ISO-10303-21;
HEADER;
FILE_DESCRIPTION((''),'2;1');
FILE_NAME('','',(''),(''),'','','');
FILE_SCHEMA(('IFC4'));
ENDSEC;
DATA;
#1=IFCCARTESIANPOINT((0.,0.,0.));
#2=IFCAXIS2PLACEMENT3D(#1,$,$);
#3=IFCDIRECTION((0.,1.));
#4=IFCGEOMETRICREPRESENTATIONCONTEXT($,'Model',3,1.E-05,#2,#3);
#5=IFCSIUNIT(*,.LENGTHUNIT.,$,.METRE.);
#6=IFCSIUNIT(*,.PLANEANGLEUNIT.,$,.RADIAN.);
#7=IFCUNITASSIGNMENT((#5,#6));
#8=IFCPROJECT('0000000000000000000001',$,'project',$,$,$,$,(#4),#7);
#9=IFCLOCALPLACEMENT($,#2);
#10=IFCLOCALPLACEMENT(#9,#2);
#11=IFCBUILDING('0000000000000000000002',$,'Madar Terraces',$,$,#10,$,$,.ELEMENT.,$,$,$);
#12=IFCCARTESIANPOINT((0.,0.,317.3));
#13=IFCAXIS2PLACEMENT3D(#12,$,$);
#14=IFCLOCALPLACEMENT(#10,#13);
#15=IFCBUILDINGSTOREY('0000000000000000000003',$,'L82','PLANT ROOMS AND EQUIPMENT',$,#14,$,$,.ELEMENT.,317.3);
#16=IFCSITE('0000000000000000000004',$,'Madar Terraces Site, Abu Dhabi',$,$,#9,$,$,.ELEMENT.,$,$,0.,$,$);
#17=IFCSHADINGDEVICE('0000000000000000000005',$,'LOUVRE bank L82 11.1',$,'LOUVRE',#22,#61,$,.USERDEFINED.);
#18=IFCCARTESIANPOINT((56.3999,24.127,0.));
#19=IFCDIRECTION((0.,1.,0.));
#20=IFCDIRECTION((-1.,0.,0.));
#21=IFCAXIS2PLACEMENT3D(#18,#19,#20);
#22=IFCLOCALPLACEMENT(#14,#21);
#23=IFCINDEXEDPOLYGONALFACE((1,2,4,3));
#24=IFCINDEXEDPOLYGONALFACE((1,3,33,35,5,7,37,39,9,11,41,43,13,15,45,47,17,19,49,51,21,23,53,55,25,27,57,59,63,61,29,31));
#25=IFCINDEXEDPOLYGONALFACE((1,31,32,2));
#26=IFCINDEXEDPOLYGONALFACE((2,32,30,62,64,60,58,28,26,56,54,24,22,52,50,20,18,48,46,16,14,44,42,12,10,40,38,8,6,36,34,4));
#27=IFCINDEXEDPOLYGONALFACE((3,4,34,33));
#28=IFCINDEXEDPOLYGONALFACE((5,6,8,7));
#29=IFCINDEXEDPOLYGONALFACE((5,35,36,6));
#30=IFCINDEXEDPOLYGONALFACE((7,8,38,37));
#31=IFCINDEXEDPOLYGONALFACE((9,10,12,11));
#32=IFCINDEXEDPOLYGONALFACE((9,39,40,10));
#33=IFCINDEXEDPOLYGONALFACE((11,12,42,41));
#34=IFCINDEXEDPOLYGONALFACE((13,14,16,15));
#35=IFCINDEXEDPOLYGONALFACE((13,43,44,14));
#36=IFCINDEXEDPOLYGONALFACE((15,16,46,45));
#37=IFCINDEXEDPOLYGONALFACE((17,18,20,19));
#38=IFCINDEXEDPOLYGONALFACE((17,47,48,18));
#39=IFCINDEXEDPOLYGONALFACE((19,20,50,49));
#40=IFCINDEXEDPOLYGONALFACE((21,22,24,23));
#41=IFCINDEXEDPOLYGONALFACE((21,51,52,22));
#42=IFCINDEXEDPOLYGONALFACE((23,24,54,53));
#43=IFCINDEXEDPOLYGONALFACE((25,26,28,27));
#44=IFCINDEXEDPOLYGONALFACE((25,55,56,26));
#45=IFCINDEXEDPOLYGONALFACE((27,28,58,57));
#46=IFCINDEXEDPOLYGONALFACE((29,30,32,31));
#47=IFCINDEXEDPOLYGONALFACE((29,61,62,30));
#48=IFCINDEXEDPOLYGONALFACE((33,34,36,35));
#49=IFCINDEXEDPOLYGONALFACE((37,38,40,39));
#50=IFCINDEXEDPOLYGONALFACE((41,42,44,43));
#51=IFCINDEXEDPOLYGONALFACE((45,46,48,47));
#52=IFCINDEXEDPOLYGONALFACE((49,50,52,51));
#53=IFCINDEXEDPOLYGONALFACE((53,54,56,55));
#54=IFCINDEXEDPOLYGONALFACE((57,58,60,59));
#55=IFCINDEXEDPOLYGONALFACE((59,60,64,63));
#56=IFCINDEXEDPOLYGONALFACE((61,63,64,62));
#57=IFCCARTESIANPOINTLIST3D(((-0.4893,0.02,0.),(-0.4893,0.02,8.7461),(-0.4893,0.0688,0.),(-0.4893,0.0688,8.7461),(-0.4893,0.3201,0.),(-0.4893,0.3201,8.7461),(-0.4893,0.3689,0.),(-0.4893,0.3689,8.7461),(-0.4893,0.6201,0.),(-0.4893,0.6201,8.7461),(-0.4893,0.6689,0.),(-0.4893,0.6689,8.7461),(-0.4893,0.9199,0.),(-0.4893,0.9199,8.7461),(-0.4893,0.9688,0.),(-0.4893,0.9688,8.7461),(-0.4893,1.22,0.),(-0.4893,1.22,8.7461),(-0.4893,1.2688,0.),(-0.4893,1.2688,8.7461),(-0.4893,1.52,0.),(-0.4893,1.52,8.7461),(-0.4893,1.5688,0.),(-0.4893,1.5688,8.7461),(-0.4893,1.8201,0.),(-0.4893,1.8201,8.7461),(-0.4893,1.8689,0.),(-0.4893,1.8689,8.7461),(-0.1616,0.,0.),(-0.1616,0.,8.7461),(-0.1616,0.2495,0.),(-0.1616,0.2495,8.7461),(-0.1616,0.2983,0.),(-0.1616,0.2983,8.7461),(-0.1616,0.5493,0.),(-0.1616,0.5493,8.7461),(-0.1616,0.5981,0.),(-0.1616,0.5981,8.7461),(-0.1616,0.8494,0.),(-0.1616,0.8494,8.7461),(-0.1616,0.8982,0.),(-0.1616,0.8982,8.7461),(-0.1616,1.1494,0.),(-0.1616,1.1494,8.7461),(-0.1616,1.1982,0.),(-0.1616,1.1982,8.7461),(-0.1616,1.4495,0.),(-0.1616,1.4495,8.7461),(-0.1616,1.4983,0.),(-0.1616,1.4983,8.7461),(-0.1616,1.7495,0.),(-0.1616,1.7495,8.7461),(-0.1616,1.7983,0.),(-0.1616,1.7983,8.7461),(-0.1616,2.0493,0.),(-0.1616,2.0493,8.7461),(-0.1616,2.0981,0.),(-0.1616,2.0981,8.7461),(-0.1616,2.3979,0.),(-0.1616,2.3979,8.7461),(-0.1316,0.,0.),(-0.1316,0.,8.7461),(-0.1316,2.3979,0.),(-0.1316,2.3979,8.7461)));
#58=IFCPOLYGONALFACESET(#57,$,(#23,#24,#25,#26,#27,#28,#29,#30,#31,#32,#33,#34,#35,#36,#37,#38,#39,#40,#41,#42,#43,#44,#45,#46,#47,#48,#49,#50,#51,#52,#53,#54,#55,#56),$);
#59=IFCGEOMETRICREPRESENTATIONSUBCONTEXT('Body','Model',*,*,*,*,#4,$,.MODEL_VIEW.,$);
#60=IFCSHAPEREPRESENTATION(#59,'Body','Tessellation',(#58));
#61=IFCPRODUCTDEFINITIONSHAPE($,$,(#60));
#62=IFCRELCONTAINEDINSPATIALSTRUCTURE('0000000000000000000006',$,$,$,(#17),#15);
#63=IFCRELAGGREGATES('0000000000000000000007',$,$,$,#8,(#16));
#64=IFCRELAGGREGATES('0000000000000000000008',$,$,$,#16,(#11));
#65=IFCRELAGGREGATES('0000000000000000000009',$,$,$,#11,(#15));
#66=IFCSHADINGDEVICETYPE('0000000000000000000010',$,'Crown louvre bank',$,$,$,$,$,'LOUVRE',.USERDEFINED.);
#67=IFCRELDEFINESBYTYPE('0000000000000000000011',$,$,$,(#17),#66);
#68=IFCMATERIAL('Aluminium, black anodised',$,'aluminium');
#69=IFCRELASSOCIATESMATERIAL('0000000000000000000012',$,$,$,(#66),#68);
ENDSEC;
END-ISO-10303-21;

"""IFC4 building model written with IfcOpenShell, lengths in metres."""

from ifc_helpers import new_model, si_unit, direction, frame, origin, place, context, subcontext, project, spatial, polyline, outline, extrude, material, type_object, element, save


model = new_model("IFC4")

# Units and contexts
model_context = context("Model", 3, precision=1e-05, world=origin(), true_north=direction((0.0, 1.0)))
body_context = subcontext(model_context, "Body", "Model", "MODEL_VIEW")
ifc_project = project(units=[si_unit("LENGTHUNIT", "METRE"), si_unit("PLANEANGLEUNIT", "RADIAN")], contexts=[model_context])

# Site, building, storey
site_placement = place(None, origin())
site = spatial("IfcSite", under=ifc_project, at=site_placement, Name="Madar Terraces Site, Abu Dhabi", CompositionType="ELEMENT", RefElevation=0.0)
building_placement = place(site_placement, origin())
building = spatial("IfcBuilding", under=site, at=building_placement, Name="Madar Terraces", CompositionType="ELEMENT")
storey_placement = place(building_placement, frame((0.0, 0.0, 317.3)))
storey = spatial("IfcBuildingStorey", under=building, at=storey_placement, Name="L82", Description="PLANT ROOMS AND EQUIPMENT", CompositionType="ELEMENT", Elevation=317.3)

# Shading device
ifc_material_1 = material(Name="Aluminium, black anodised", Category="aluminium")
shading_device_type = type_object("IfcShadingDeviceType", Name="Crown louvre bank", ElementType="LOUVRE", PredefinedType="USERDEFINED", material=ifc_material_1)
shading_device_placement = place(storey_placement, frame((56.3999, 24.127, 0.0), z_axis=(0.0, 1.0, 0.0), x_axis=(-1.0, 0.0, 0.0)))
element("IfcShadingDevice", 1, at=shading_device_placement, inside=storey, type_object=shading_device_type, Name="LOUVRE bank L82 11.1", ObjectType="LOUVRE", PredefinedType="USERDEFINED", context=body_context, shape_type="SweptSolid", body=[
    extrude(outline(polyline([(-0.1316, 0.0), (-0.1616, 0.0), (-0.1616, 0.2495), (-0.4893, 0.02), (-0.4893, 0.0688), (-0.1616, 0.2983), (-0.1616, 0.5493), (-0.4893, 0.3201), (-0.4893, 0.3689), (-0.1616, 0.5981), (-0.1616, 0.8494), (-0.4893, 0.6201), (-0.4893, 0.6689), (-0.1616, 0.8982), (-0.1616, 1.1494), (-0.4893, 0.9199), (-0.4893, 0.9688), (-0.1616, 1.1982), (-0.1616, 1.4495), (-0.4893, 1.22), (-0.4893, 1.2688), (-0.1616, 1.4983), (-0.1616, 1.7495), (-0.4893, 1.52), (-0.4893, 1.5688), (-0.1616, 1.7983), (-0.1616, 2.0493), (-0.4893, 1.8201), (-0.4893, 1.8689), (-0.1616, 2.0981), (-0.1616, 2.3979), (-0.1316, 2.3979), (-0.1316, 0.0)])), origin(), (0.0, 0.0, 1.0), 8.7461),
])

save(model, "model.ifc")
